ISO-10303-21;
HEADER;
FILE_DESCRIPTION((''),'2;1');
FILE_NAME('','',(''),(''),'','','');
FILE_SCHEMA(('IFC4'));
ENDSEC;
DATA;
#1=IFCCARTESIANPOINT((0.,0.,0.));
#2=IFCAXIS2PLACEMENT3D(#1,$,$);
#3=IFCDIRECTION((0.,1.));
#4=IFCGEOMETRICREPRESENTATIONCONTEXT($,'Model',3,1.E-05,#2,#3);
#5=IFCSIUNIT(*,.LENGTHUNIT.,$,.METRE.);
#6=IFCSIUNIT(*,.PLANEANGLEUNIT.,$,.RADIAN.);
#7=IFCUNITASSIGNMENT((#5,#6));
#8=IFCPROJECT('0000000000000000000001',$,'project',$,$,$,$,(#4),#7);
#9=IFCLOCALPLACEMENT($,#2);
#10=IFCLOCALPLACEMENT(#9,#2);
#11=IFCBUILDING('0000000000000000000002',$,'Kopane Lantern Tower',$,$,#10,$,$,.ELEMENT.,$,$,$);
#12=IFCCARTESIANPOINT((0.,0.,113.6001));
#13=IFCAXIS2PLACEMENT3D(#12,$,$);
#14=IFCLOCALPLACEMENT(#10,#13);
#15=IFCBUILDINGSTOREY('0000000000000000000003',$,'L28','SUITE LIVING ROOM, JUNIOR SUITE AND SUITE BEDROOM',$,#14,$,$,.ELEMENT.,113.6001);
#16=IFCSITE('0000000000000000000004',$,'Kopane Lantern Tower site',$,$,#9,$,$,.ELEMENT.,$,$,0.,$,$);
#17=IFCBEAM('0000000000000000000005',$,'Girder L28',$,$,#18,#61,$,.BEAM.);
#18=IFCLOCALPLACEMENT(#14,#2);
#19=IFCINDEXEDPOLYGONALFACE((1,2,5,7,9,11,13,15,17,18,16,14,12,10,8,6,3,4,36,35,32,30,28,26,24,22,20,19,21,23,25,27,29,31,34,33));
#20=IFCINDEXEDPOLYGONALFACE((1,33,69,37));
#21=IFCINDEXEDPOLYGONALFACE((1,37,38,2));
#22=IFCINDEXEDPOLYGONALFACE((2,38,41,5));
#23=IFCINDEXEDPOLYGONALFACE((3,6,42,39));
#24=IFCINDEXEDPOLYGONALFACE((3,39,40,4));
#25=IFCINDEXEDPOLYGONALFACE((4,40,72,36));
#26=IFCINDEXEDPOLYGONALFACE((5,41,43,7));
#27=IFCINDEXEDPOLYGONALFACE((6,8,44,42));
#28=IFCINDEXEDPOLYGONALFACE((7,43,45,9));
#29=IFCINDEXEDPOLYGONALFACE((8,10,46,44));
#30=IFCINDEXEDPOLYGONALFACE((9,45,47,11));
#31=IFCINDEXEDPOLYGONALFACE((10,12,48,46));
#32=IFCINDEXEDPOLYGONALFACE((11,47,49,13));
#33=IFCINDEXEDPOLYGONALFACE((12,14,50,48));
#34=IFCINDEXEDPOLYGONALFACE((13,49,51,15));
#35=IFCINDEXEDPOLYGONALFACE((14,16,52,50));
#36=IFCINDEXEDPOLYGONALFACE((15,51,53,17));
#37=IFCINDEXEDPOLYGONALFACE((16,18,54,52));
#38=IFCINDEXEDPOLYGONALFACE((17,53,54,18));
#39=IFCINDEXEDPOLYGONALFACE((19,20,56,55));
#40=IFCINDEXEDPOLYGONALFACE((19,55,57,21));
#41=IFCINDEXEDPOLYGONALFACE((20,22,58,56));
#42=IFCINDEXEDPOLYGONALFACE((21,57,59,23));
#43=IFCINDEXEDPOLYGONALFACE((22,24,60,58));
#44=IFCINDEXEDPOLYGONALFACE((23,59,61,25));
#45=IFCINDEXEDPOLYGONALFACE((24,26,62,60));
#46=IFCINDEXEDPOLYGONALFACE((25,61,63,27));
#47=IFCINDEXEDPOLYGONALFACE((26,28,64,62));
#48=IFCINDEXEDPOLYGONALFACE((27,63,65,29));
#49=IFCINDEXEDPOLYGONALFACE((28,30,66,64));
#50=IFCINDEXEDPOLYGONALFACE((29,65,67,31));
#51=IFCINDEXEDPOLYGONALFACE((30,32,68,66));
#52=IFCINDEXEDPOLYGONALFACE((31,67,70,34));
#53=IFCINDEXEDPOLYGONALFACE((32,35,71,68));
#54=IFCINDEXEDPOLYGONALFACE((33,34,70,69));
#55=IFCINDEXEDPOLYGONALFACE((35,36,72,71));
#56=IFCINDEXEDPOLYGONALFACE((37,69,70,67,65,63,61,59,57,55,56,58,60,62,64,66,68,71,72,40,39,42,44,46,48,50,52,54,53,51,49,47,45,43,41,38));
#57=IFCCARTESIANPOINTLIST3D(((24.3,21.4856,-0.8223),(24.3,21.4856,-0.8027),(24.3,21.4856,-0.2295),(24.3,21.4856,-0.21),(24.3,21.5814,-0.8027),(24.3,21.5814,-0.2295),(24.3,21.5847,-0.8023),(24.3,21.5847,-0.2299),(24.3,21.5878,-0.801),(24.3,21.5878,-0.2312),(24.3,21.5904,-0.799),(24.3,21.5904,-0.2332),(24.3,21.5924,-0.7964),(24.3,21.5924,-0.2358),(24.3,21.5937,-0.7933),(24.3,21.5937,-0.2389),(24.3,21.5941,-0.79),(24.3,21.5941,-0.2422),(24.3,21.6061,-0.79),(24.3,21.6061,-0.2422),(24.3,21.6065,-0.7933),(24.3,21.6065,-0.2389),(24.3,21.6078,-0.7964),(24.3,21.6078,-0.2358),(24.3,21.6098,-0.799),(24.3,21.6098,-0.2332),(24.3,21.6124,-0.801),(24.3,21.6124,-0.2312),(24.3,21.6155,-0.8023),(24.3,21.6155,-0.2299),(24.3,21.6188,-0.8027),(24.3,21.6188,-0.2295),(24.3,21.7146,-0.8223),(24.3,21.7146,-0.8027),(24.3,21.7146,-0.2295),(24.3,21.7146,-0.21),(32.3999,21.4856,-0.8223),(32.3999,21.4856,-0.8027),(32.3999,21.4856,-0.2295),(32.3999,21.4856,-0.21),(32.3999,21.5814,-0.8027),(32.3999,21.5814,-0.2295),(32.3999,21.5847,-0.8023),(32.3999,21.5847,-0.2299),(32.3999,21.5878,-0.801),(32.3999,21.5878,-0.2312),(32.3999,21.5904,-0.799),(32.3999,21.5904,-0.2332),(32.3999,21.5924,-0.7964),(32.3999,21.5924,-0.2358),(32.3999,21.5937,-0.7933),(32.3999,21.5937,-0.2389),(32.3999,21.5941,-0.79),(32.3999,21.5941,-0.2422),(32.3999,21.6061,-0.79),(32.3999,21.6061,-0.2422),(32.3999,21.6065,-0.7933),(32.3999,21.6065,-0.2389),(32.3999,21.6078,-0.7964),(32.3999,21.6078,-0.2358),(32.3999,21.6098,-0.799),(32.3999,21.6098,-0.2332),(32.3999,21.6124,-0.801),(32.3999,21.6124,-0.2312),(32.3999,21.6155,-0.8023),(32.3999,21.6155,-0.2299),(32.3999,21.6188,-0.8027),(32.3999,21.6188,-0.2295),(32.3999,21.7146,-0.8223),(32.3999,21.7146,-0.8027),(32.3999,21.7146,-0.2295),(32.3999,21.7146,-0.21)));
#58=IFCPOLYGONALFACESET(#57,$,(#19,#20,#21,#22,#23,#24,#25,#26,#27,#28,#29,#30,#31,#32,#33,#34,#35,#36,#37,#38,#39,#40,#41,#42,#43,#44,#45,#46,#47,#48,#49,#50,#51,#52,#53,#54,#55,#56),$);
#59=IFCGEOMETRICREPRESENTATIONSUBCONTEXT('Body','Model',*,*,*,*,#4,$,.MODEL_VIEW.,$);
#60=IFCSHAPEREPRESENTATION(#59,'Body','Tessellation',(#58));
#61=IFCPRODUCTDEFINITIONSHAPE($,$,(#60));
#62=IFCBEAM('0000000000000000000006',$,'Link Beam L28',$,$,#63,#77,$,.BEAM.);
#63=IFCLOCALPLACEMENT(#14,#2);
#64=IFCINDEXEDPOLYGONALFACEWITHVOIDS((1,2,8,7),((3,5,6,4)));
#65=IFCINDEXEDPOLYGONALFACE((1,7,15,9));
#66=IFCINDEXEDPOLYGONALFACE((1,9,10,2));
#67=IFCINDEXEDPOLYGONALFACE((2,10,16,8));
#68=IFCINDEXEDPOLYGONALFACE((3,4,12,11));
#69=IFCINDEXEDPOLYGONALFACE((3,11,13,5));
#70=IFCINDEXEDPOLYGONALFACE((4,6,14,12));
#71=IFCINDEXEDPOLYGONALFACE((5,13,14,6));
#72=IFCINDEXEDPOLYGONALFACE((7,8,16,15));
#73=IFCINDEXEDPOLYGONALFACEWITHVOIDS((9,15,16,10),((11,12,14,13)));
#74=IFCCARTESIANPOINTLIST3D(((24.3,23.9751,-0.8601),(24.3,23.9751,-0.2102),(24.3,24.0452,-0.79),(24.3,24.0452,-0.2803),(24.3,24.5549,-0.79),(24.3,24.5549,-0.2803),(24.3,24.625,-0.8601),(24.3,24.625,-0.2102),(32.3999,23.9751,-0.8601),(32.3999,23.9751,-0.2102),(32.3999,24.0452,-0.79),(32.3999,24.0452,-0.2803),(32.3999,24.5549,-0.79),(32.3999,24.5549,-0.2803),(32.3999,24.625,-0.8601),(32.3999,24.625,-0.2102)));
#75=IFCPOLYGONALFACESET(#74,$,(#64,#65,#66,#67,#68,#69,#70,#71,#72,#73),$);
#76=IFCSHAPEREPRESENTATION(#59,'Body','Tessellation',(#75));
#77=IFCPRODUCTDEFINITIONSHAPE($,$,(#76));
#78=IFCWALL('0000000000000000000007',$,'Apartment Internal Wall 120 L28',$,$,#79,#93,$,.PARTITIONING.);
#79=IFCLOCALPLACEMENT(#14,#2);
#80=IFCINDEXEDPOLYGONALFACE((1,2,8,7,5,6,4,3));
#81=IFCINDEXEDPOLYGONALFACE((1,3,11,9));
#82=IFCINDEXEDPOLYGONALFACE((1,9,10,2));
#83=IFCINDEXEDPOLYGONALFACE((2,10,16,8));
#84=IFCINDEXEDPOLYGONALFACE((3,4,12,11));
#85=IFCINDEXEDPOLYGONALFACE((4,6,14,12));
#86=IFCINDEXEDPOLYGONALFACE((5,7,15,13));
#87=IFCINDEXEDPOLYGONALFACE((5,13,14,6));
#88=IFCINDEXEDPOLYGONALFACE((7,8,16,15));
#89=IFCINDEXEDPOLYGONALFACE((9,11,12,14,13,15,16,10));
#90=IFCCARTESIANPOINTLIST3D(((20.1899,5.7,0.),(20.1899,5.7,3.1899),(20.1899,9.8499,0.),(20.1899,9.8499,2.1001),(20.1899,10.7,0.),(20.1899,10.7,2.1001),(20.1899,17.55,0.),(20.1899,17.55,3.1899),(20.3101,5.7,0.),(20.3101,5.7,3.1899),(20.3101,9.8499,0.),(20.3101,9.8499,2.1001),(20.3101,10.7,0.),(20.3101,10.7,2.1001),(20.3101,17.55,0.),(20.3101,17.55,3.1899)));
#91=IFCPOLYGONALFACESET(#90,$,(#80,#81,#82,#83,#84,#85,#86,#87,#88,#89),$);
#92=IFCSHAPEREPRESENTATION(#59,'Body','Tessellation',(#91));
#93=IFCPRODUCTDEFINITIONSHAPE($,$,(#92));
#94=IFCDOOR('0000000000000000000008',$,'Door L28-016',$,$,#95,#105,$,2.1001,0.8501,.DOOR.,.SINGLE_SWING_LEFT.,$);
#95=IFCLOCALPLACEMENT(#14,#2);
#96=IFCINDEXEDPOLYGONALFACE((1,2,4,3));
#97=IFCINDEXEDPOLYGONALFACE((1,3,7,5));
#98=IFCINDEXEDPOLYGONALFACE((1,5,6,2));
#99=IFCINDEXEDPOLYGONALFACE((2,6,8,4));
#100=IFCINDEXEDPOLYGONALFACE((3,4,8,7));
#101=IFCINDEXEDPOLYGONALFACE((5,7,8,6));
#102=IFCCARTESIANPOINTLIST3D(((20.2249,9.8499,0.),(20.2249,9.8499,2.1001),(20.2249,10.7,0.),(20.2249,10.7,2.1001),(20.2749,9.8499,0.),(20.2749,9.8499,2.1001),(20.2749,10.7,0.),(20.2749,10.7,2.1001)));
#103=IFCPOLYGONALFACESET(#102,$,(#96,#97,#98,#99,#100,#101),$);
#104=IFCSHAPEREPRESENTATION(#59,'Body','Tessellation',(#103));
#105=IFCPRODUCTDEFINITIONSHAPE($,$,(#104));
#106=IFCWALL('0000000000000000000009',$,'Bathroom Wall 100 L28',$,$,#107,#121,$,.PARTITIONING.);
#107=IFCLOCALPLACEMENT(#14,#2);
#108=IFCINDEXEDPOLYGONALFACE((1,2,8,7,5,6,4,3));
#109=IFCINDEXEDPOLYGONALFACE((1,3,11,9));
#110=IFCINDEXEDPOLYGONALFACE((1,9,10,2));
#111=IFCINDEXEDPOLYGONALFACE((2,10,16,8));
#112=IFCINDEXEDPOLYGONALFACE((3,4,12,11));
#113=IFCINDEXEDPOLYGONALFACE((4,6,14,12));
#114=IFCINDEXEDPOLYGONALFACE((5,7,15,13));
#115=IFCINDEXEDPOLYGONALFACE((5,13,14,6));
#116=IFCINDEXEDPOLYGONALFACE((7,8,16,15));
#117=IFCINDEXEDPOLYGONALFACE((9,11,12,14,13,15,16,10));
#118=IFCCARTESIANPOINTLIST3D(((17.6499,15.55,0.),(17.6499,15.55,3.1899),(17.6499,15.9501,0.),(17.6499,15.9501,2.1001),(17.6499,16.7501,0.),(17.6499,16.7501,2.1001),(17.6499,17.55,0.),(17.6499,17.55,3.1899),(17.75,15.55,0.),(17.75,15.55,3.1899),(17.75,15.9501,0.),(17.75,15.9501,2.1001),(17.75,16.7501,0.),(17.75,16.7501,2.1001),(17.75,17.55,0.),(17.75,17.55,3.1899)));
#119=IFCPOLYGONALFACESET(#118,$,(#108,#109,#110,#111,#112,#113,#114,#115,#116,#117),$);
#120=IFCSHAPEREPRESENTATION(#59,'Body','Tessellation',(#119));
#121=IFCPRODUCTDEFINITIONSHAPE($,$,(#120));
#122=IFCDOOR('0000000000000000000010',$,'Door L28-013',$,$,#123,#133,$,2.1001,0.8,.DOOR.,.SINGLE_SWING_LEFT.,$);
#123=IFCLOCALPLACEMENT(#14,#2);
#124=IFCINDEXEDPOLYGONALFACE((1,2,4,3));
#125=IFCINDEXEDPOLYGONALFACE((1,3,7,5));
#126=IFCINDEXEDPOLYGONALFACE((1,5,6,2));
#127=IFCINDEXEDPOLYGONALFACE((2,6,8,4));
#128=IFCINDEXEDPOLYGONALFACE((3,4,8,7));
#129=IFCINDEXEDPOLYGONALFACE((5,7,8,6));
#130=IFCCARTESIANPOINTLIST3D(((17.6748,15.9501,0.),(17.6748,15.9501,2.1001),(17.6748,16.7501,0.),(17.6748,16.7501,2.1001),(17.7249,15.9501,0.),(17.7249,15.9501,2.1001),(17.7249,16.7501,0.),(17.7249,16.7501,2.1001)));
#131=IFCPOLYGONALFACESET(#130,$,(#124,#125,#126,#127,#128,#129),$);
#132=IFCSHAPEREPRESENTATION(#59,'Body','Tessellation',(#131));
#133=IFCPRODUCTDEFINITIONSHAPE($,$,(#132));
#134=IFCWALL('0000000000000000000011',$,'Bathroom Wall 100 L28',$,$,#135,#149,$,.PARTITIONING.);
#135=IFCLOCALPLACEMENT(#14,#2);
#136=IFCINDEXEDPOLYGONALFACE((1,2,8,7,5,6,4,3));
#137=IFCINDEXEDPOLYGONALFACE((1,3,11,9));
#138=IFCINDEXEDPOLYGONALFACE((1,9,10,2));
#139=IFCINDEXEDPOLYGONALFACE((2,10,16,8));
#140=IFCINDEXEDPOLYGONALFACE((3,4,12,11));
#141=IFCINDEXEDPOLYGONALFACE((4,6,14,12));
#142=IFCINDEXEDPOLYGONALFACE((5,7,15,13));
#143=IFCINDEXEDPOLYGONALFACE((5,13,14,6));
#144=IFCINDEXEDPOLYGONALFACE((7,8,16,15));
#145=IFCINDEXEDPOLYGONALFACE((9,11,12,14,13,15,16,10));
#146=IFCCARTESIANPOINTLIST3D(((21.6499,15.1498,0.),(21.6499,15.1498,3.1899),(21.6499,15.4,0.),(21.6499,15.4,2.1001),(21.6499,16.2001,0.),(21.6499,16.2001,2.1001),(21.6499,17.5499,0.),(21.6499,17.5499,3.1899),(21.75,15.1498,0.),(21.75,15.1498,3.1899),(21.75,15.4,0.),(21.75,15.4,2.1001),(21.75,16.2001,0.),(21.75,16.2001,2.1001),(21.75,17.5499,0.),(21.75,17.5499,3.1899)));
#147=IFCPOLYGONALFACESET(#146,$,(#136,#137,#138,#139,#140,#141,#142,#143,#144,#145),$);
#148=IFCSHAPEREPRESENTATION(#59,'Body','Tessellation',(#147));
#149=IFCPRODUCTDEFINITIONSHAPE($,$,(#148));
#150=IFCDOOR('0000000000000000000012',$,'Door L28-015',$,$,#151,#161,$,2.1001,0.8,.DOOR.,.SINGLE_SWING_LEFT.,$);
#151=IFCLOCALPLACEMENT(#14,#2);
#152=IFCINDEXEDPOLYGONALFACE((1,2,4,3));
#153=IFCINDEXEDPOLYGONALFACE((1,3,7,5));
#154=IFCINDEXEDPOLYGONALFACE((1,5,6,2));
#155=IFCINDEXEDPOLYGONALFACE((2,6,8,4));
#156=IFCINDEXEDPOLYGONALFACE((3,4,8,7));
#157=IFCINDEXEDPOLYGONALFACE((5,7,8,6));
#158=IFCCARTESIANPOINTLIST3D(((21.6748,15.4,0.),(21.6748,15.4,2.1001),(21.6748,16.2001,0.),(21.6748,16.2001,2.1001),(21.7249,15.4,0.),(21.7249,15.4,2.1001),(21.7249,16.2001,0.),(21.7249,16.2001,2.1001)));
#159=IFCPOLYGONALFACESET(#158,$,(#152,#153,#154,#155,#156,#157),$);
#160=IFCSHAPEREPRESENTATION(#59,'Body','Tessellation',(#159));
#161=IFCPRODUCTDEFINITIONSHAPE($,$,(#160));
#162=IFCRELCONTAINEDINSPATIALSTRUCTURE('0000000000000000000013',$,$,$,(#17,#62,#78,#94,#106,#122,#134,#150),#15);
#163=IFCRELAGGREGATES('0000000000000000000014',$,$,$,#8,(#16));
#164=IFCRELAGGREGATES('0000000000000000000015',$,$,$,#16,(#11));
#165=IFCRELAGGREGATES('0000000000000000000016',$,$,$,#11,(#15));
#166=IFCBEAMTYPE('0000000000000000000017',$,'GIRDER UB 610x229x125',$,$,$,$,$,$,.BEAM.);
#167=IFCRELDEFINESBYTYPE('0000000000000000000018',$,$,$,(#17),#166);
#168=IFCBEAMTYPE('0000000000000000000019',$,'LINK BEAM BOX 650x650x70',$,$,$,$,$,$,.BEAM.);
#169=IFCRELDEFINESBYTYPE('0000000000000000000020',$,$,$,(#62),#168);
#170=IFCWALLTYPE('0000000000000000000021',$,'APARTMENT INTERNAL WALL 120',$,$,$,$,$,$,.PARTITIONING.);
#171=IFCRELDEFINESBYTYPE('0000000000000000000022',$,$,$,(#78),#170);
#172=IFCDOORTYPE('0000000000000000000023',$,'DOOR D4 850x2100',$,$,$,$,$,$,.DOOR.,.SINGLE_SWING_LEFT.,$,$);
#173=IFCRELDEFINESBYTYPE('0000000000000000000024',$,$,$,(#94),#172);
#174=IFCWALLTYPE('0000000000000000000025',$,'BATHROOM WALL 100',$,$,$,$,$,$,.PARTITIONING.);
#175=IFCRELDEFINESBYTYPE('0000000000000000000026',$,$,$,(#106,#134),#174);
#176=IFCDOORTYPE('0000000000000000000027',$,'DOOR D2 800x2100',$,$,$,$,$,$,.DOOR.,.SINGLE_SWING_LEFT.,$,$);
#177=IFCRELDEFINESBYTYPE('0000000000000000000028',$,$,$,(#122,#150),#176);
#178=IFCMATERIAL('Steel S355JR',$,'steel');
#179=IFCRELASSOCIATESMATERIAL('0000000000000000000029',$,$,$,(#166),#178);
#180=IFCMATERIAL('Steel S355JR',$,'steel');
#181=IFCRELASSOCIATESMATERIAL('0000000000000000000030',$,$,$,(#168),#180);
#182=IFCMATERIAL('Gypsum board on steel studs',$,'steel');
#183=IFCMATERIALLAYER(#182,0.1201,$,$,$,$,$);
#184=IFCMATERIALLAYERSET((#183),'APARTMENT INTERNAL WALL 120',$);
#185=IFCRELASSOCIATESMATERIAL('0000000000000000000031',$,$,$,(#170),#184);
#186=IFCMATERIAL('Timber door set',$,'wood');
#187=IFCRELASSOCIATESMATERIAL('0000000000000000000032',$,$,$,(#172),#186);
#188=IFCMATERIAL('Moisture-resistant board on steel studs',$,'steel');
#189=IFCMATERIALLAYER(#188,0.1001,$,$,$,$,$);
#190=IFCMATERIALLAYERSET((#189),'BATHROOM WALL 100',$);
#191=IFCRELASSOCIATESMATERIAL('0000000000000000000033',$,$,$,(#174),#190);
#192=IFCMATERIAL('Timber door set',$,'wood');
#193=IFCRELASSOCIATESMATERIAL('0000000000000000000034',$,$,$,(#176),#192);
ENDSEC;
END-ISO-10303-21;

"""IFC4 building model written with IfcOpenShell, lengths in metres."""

from ifc_helpers import new_model, si_unit, direction, frame, frame_2d, origin, origin_2d, place, context, subcontext, project, spatial, rectangle, hollow_rectangle, i_section, extrude, material, layer, layer_set, material_profile, profile_set, type_object, element, fill, save


model = new_model("IFC4")

# Units and contexts
model_context = context("Model", 3, precision=1e-05, world=origin(), true_north=direction((0.0, 1.0)))
body_context = subcontext(model_context, "Body", "Model", "MODEL_VIEW")
ifc_project = project(units=[si_unit("LENGTHUNIT", "METRE"), si_unit("PLANEANGLEUNIT", "RADIAN")], contexts=[model_context])

# Site, building, storey
site_placement = place(None, origin())
site = spatial("IfcSite", under=ifc_project, at=site_placement, Name="Kopane Lantern Tower site", CompositionType="ELEMENT", RefElevation=0.0)
building_placement = place(site_placement, origin())
building = spatial("IfcBuilding", under=site, at=building_placement, Name="Kopane Lantern Tower", CompositionType="ELEMENT")
storey_placement = place(building_placement, frame((0.0, 0.0, 113.6001)))
storey = spatial("IfcBuildingStorey", under=building, at=storey_placement, Name="L28", Description="SUITE LIVING ROOM, JUNIOR SUITE AND SUITE BEDROOM", CompositionType="ELEMENT", Elevation=113.6001)

# Beams
ifc_material_1 = material(Name="Steel S355JR", Category="steel")
ifc_material_profile_1 = material_profile(ifc_material_1, i_section(OverallWidth=0.229, OverallDepth=0.6123, WebThickness=0.012, FlangeThickness=0.0195, FilletRadius=0.0127, at=origin_2d()), Name="UB 610x229x125")
ifc_profile_set_1 = profile_set([ifc_material_profile_1], Name="Steel S355JR")
beam_type_1 = type_object("IfcBeamType", Name="GIRDER UB 610x229x125", PredefinedType="BEAM", material=ifc_profile_set_1)
beam_1_placement = place(storey_placement, frame((24.3, 21.6001, -0.5161), z_axis=(1.0, 0.0, 0.0), x_axis=(0.0, 1.0, 0.0)))
element("IfcBeam", 1, at=beam_1_placement, inside=storey, type_object=beam_type_1, Name="Girder L28", PredefinedType="BEAM", context=body_context, shape_type="SweptSolid", body=[
    extrude(i_section(OverallWidth=0.229, OverallDepth=0.6123, WebThickness=0.012, FlangeThickness=0.0195, FilletRadius=0.0127, at=origin_2d()), origin(), (0.0, 0.0, 1.0), 8.0999),
])
ifc_material_2 = material(Name="Steel S355JR", Category="steel")
ifc_material_profile_2 = material_profile(ifc_material_2, hollow_rectangle(XDim=0.6499, YDim=0.6499, WallThickness=0.0701, at=origin_2d()), Name="BOX 650x650x70")
ifc_profile_set_2 = profile_set([ifc_material_profile_2], Name="Steel S355JR")
beam_type_2 = type_object("IfcBeamType", Name="LINK BEAM BOX 650x650x70", PredefinedType="BEAM", material=ifc_profile_set_2)
beam_2_placement = place(storey_placement, frame((24.3, 24.3, -0.5352), z_axis=(1.0, 0.0, 0.0), x_axis=(0.0, 1.0, 0.0)))
element("IfcBeam", 2, at=beam_2_placement, inside=storey, type_object=beam_type_2, Name="Link Beam L28", PredefinedType="BEAM", context=body_context, shape_type="SweptSolid", body=[
    extrude(hollow_rectangle(XDim=0.6499, YDim=0.6499, WallThickness=0.0701, at=origin_2d()), origin(), (0.0, 0.0, 1.0), 8.0999),
])

# Walls, openings, doors
ifc_material_3 = material(Name="Gypsum board on steel studs", Category="steel")
ifc_layer_1 = layer(ifc_material_3, 0.1201)
ifc_layer_set_1 = layer_set([ifc_layer_1], Name="APARTMENT INTERNAL WALL 120")
wall_type_1 = type_object("IfcWallType", Name="APARTMENT INTERNAL WALL 120", PredefinedType="PARTITIONING", material=ifc_layer_set_1)
wall_1_placement = place(storey_placement, frame((20.25, 17.55, 0.0), z_axis=(0.0, 0.0, 1.0), x_axis=(0.0, -1.0, 0.0)))
wall_1 = element("IfcWall", 3, at=wall_1_placement, inside=storey, type_object=wall_type_1, Name="Apartment Internal Wall 120 L28", PredefinedType="PARTITIONING", context=body_context, shape_type="SweptSolid", body=[
    extrude(rectangle(XDim=11.8501, YDim=0.1201, at=frame_2d((5.925, 0.0))), origin(), (0.0, 0.0, 1.0), 3.1899),
])
opening_1_placement = place(wall_1_placement, frame((6.8501, 0.0, 0.0)))
opening_1 = element("IfcOpeningElement", 4, at=opening_1_placement, cuts=wall_1, PredefinedType="OPENING", context=body_context, shape_type="SweptSolid", body=[
    extrude(rectangle(XDim=0.8501, YDim=2.1001, at=frame_2d((0.425, 1.05))), frame((0.0, 0.0701, 0.0), z_axis=(0.0, -1.0, 0.0), x_axis=(1.0, 0.0, 0.0)), (0.0, 0.0, 1.0), 0.1401),
])
ifc_material_4 = material(Name="Timber door set", Category="wood")
door_type_1 = type_object("IfcDoorType", Name="DOOR D4 850x2100", OperationType="SINGLE_SWING_LEFT", PredefinedType="DOOR", material=ifc_material_4)
door_1_placement = place(opening_1_placement, origin())
door_1 = element("IfcDoor", 5, at=door_1_placement, inside=storey, type_object=door_type_1, Name="Door L28-016", OperationType="SINGLE_SWING_LEFT", OverallHeight=2.1001, OverallWidth=0.8501, PredefinedType="DOOR", context=body_context, shape_type="SweptSolid", body=[
    extrude(rectangle(XDim=0.8501, YDim=2.1001, at=frame_2d((0.425, 1.05))), frame((0.0, 0.0249, 0.0), z_axis=(0.0, -1.0, 0.0), x_axis=(1.0, 0.0, 0.0)), (0.0, 0.0, 1.0), 0.05),
])
fill(opening_1, door_1)
ifc_material_5 = material(Name="Moisture-resistant board on steel studs", Category="steel")
ifc_layer_2 = layer(ifc_material_5, 0.1001)
ifc_layer_set_2 = layer_set([ifc_layer_2], Name="BATHROOM WALL 100")
wall_type_2 = type_object("IfcWallType", Name="BATHROOM WALL 100", PredefinedType="PARTITIONING", material=ifc_layer_set_2)
wall_2_placement = place(storey_placement, frame((17.7, 17.55, 0.0), z_axis=(0.0, 0.0, 1.0), x_axis=(0.0, -1.0, 0.0)))
wall_2 = element("IfcWall", 6, at=wall_2_placement, inside=storey, type_object=wall_type_2, Name="Bathroom Wall 100 L28", PredefinedType="PARTITIONING", context=body_context, shape_type="SweptSolid", body=[
    extrude(rectangle(XDim=2.0, YDim=0.1001, at=frame_2d((1.0, 0.0))), origin(), (0.0, 0.0, 1.0), 3.1899),
])
opening_2_placement = place(wall_2_placement, frame((0.8, 0.0, 0.0)))
opening_2 = element("IfcOpeningElement", 7, at=opening_2_placement, cuts=wall_2, PredefinedType="OPENING", context=body_context, shape_type="SweptSolid", body=[
    extrude(rectangle(XDim=0.8, YDim=2.1001, at=frame_2d((0.3999, 1.05))), frame((0.0, 0.0601, 0.0), z_axis=(0.0, -1.0, 0.0), x_axis=(1.0, 0.0, 0.0)), (0.0, 0.0, 1.0), 0.1201),
])
ifc_material_6 = material(Name="Timber door set", Category="wood")
door_type_2 = type_object("IfcDoorType", Name="DOOR D2 800x2100", OperationType="SINGLE_SWING_LEFT", PredefinedType="DOOR", material=ifc_material_6)
door_2_placement = place(opening_2_placement, origin())
door_2 = element("IfcDoor", 8, at=door_2_placement, inside=storey, type_object=door_type_2, Name="Door L28-013", OperationType="SINGLE_SWING_LEFT", OverallHeight=2.1001, OverallWidth=0.8, PredefinedType="DOOR", context=body_context, shape_type="SweptSolid", body=[
    extrude(rectangle(XDim=0.8, YDim=2.1001, at=frame_2d((0.3999, 1.05))), frame((0.0, 0.0249, 0.0), z_axis=(0.0, -1.0, 0.0), x_axis=(1.0, 0.0, 0.0)), (0.0, 0.0, 1.0), 0.05),
])
fill(opening_2, door_2)
wall_3_placement = place(storey_placement, frame((21.7, 17.55, 0.0), z_axis=(0.0, 0.0, 1.0), x_axis=(0.0, -1.0, 0.0)))
wall_3 = element("IfcWall", 9, at=wall_3_placement, inside=storey, type_object=wall_type_2, Name="Bathroom Wall 100 L28", PredefinedType="PARTITIONING", context=body_context, shape_type="SweptSolid", body=[
    extrude(rectangle(XDim=2.4001, YDim=0.1001, at=frame_2d((1.2002, 0.0))), origin(), (0.0, 0.0, 1.0), 3.1899),
])
opening_3_placement = place(wall_3_placement, frame((1.3501, 0.0, 0.0)))
opening_3 = element("IfcOpeningElement", 10, at=opening_3_placement, cuts=wall_3, PredefinedType="OPENING", context=body_context, shape_type="SweptSolid", body=[
    extrude(rectangle(XDim=0.8, YDim=2.1001, at=frame_2d((0.3999, 1.05))), frame((0.0, 0.0601, 0.0), z_axis=(0.0, -1.0, 0.0), x_axis=(1.0, 0.0, 0.0)), (0.0, 0.0, 1.0), 0.1201),
])
door_3_placement = place(opening_3_placement, origin())
door_3 = element("IfcDoor", 11, at=door_3_placement, inside=storey, type_object=door_type_2, Name="Door L28-015", OperationType="SINGLE_SWING_LEFT", OverallHeight=2.1001, OverallWidth=0.8, PredefinedType="DOOR", context=body_context, shape_type="SweptSolid", body=[
    extrude(rectangle(XDim=0.8, YDim=2.1001, at=frame_2d((0.3999, 1.05))), frame((0.0, 0.0249, 0.0), z_axis=(0.0, -1.0, 0.0), x_axis=(1.0, 0.0, 0.0)), (0.0, 0.0, 1.0), 0.05),
])
fill(opening_3, door_3)

save(model, "model.ifc")
